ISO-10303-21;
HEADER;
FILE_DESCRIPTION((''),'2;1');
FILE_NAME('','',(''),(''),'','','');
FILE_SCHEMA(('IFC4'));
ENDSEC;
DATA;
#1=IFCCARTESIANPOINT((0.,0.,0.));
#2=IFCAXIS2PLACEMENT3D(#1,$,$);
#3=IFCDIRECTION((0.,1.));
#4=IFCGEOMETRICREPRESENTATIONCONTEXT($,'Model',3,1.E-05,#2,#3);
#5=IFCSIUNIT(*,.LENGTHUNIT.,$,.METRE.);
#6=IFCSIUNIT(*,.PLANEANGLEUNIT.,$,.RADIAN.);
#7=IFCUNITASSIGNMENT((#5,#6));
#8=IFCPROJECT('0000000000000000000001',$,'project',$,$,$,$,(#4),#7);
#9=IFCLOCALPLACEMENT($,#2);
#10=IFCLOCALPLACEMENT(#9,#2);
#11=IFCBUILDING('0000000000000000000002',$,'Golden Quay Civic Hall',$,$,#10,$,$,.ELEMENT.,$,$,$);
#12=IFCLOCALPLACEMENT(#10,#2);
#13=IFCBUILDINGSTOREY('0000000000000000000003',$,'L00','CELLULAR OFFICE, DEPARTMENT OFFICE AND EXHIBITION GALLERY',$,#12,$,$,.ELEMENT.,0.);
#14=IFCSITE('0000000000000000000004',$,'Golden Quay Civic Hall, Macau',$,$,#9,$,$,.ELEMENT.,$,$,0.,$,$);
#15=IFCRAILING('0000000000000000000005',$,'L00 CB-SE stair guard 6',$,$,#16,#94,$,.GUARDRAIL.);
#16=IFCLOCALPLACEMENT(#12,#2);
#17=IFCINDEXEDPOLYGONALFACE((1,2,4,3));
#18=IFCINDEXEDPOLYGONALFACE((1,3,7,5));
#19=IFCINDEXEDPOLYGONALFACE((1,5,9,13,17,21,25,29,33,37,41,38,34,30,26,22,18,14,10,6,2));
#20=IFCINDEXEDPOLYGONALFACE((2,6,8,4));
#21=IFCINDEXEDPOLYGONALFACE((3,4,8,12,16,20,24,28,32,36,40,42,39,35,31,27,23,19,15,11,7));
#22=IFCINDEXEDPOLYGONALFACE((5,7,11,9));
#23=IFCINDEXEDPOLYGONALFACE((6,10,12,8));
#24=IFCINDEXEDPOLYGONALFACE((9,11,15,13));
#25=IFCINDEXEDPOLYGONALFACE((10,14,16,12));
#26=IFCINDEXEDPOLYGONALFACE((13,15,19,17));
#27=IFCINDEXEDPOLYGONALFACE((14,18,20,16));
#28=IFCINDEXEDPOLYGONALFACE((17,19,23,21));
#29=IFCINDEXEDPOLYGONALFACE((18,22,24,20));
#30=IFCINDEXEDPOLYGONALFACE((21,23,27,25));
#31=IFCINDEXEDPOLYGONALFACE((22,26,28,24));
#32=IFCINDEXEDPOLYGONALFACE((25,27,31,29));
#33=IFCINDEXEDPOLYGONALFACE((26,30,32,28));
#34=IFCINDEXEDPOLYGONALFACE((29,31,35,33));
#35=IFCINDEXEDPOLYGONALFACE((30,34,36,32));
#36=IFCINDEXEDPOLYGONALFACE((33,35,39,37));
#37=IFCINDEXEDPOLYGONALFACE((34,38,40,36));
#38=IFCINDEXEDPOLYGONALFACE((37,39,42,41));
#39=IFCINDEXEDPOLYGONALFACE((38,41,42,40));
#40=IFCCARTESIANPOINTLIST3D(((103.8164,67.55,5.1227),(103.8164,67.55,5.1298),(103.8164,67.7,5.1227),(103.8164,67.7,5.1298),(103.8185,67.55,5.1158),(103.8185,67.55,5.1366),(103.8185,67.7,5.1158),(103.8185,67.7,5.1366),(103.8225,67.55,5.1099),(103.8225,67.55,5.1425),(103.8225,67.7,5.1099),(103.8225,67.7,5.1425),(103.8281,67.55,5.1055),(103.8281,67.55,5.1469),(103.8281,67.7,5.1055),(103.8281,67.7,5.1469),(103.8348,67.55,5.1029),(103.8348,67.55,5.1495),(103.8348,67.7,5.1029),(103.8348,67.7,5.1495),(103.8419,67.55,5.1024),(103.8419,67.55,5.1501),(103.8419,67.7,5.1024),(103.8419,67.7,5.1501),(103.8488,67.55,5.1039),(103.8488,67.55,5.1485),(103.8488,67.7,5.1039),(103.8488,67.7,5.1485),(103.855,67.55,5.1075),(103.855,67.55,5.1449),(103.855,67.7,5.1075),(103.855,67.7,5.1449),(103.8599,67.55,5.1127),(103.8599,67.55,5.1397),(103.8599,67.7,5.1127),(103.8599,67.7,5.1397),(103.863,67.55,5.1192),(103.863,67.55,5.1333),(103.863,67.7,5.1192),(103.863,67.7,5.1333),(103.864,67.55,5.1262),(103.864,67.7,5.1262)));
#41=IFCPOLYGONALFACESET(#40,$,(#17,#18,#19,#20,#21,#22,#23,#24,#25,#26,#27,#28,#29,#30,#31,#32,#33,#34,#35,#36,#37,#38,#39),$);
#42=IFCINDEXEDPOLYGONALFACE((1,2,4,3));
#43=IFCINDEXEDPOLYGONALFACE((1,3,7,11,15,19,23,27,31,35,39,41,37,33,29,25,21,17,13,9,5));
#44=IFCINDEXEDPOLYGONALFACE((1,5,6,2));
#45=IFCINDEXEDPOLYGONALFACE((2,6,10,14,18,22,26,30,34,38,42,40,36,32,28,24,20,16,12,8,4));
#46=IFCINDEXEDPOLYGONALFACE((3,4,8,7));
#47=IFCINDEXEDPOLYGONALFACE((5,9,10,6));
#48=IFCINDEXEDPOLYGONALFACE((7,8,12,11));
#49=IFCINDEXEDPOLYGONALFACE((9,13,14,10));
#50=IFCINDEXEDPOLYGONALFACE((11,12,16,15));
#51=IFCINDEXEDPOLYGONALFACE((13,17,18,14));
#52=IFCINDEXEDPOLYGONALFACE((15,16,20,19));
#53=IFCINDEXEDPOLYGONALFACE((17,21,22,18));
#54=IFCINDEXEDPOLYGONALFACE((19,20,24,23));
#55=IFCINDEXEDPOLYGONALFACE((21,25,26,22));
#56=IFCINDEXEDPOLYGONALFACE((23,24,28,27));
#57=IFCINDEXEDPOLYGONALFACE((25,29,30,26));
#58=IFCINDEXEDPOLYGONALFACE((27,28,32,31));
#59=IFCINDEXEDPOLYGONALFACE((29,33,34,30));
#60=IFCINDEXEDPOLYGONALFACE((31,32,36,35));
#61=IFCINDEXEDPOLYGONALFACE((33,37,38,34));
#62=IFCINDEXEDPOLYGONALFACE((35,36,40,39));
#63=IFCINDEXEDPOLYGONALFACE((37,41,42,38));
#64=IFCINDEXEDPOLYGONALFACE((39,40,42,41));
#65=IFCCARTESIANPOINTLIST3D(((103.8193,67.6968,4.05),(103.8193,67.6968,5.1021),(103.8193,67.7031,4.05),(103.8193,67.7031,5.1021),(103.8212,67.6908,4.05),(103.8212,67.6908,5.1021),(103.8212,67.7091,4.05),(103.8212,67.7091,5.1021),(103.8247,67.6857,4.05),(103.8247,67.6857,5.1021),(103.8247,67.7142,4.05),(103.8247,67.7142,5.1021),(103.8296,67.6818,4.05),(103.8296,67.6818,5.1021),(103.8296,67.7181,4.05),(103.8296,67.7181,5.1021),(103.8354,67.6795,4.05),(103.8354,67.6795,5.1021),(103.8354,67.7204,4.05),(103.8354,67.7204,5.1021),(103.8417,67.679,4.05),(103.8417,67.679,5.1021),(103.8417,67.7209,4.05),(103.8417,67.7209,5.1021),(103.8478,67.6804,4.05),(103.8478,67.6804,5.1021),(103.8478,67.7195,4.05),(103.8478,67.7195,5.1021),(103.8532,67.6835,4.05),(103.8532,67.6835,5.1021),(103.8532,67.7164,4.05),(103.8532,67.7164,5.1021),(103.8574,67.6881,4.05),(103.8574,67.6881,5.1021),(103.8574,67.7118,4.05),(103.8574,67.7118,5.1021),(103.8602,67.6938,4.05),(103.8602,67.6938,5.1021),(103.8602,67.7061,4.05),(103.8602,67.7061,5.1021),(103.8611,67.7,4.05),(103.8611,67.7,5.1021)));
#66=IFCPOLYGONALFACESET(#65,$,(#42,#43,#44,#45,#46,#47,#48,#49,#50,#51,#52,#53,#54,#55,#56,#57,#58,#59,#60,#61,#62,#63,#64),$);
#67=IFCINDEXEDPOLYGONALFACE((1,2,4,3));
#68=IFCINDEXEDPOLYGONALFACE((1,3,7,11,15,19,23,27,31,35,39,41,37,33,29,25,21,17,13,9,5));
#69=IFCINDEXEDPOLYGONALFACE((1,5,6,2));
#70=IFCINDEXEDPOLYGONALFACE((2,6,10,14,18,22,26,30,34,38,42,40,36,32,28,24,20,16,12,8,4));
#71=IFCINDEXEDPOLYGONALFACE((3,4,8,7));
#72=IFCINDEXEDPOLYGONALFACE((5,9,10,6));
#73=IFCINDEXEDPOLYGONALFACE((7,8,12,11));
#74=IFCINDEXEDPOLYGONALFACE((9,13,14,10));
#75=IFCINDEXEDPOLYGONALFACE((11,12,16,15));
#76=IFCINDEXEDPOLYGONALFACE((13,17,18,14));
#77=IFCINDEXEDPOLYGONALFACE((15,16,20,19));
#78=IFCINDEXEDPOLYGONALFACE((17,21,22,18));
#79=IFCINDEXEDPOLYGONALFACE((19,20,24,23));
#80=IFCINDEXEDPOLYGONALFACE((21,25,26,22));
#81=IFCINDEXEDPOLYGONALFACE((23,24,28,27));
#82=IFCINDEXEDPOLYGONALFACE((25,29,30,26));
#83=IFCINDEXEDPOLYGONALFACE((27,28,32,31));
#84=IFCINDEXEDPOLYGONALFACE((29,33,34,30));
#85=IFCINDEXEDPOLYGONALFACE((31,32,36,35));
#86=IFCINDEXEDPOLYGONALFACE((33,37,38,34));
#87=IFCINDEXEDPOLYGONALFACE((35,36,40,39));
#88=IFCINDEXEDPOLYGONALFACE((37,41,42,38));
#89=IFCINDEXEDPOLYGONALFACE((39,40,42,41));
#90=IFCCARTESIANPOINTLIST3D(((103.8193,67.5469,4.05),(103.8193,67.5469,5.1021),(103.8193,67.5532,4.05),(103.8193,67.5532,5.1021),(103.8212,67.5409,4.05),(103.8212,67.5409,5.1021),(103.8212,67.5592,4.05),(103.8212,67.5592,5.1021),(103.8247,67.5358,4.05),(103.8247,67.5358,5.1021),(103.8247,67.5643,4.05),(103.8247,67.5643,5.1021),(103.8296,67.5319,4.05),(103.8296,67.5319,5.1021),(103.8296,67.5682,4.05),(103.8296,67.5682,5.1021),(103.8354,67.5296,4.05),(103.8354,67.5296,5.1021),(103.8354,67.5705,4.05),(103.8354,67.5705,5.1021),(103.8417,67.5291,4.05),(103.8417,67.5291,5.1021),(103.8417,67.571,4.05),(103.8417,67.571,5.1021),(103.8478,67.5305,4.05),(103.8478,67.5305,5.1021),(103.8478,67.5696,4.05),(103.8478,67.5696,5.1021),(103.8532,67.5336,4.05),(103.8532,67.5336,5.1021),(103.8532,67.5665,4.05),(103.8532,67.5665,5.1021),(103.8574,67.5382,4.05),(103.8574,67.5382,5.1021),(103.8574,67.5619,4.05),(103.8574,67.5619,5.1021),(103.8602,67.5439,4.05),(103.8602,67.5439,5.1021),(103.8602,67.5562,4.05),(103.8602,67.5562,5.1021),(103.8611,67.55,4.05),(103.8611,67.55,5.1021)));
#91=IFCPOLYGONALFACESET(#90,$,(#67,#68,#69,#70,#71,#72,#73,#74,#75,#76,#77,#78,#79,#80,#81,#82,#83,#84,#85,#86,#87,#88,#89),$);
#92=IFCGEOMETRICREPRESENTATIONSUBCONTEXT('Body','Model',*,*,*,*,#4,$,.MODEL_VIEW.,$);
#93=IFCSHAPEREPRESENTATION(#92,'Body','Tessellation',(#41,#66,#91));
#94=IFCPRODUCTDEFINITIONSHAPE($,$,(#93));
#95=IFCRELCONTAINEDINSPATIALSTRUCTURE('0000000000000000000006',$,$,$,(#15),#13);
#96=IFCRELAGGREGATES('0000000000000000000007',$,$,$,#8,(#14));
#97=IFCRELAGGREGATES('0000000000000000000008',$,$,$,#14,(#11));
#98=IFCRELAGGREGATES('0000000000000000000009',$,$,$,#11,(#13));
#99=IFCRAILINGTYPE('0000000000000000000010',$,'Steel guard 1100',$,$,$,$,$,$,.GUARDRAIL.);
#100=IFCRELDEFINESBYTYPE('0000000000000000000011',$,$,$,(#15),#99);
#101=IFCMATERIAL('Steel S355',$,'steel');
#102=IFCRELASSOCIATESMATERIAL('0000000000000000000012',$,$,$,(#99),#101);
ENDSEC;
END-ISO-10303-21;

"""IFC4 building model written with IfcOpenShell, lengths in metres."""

from ifc_helpers import new_model, si_unit, direction, frame, origin, origin_2d, place, context, subcontext, project, spatial, circle, extrude, material, type_object, element, save


model = new_model("IFC4")

# Units and contexts
model_context = context("Model", 3, precision=1e-05, world=origin(), true_north=direction((0.0, 1.0)))
body_context = subcontext(model_context, "Body", "Model", "MODEL_VIEW")
ifc_project = project(units=[si_unit("LENGTHUNIT", "METRE"), si_unit("PLANEANGLEUNIT", "RADIAN")], contexts=[model_context])

# Site, building, storey
site_placement = place(None, origin())
site = spatial("IfcSite", under=ifc_project, at=site_placement, Name="Golden Quay Civic Hall, Macau", CompositionType="ELEMENT", RefElevation=0.0)
building_placement = place(site_placement, origin())
building = spatial("IfcBuilding", under=site, at=building_placement, Name="Golden Quay Civic Hall", CompositionType="ELEMENT")
storey_placement = place(building_placement, origin())
storey = spatial("IfcBuildingStorey", under=building, at=storey_placement, Name="L00", Description="CELLULAR OFFICE, DEPARTMENT OFFICE AND EXHIBITION GALLERY", CompositionType="ELEMENT", Elevation=0.0)

# Railing
ifc_material_1 = material(Name="Steel S355", Category="steel")
railing_type_1 = type_object("IfcRailingType", Name="Steel guard 1100", PredefinedType="GUARDRAIL", material=ifc_material_1)
railing_1_placement = place(storey_placement, frame((103.8401, 67.7, 4.05)))
element("IfcRailing", 1, at=railing_1_placement, inside=storey, type_object=railing_type_1, Name="L00 CB-SE stair guard 6", PredefinedType="GUARDRAIL", context=body_context, shape_type="SweptSolid", body=[
    extrude(circle(Radius=0.0239, at=origin_2d()), frame((0.0, 0.0, 1.0762), z_axis=(0.0, -1.0, 0.0), x_axis=(1.0, 0.0, 0.0)), (0.0, 0.0, 1.0), 0.1499),
    extrude(circle(Radius=0.021, at=origin_2d()), origin(), (0.0, 0.0, 1.0), 1.052),
    extrude(circle(Radius=0.021, at=origin_2d()), frame((0.0, -0.1499, 0.0)), (0.0, 0.0, 1.0), 1.052),
])

save(model, "model.ifc")
